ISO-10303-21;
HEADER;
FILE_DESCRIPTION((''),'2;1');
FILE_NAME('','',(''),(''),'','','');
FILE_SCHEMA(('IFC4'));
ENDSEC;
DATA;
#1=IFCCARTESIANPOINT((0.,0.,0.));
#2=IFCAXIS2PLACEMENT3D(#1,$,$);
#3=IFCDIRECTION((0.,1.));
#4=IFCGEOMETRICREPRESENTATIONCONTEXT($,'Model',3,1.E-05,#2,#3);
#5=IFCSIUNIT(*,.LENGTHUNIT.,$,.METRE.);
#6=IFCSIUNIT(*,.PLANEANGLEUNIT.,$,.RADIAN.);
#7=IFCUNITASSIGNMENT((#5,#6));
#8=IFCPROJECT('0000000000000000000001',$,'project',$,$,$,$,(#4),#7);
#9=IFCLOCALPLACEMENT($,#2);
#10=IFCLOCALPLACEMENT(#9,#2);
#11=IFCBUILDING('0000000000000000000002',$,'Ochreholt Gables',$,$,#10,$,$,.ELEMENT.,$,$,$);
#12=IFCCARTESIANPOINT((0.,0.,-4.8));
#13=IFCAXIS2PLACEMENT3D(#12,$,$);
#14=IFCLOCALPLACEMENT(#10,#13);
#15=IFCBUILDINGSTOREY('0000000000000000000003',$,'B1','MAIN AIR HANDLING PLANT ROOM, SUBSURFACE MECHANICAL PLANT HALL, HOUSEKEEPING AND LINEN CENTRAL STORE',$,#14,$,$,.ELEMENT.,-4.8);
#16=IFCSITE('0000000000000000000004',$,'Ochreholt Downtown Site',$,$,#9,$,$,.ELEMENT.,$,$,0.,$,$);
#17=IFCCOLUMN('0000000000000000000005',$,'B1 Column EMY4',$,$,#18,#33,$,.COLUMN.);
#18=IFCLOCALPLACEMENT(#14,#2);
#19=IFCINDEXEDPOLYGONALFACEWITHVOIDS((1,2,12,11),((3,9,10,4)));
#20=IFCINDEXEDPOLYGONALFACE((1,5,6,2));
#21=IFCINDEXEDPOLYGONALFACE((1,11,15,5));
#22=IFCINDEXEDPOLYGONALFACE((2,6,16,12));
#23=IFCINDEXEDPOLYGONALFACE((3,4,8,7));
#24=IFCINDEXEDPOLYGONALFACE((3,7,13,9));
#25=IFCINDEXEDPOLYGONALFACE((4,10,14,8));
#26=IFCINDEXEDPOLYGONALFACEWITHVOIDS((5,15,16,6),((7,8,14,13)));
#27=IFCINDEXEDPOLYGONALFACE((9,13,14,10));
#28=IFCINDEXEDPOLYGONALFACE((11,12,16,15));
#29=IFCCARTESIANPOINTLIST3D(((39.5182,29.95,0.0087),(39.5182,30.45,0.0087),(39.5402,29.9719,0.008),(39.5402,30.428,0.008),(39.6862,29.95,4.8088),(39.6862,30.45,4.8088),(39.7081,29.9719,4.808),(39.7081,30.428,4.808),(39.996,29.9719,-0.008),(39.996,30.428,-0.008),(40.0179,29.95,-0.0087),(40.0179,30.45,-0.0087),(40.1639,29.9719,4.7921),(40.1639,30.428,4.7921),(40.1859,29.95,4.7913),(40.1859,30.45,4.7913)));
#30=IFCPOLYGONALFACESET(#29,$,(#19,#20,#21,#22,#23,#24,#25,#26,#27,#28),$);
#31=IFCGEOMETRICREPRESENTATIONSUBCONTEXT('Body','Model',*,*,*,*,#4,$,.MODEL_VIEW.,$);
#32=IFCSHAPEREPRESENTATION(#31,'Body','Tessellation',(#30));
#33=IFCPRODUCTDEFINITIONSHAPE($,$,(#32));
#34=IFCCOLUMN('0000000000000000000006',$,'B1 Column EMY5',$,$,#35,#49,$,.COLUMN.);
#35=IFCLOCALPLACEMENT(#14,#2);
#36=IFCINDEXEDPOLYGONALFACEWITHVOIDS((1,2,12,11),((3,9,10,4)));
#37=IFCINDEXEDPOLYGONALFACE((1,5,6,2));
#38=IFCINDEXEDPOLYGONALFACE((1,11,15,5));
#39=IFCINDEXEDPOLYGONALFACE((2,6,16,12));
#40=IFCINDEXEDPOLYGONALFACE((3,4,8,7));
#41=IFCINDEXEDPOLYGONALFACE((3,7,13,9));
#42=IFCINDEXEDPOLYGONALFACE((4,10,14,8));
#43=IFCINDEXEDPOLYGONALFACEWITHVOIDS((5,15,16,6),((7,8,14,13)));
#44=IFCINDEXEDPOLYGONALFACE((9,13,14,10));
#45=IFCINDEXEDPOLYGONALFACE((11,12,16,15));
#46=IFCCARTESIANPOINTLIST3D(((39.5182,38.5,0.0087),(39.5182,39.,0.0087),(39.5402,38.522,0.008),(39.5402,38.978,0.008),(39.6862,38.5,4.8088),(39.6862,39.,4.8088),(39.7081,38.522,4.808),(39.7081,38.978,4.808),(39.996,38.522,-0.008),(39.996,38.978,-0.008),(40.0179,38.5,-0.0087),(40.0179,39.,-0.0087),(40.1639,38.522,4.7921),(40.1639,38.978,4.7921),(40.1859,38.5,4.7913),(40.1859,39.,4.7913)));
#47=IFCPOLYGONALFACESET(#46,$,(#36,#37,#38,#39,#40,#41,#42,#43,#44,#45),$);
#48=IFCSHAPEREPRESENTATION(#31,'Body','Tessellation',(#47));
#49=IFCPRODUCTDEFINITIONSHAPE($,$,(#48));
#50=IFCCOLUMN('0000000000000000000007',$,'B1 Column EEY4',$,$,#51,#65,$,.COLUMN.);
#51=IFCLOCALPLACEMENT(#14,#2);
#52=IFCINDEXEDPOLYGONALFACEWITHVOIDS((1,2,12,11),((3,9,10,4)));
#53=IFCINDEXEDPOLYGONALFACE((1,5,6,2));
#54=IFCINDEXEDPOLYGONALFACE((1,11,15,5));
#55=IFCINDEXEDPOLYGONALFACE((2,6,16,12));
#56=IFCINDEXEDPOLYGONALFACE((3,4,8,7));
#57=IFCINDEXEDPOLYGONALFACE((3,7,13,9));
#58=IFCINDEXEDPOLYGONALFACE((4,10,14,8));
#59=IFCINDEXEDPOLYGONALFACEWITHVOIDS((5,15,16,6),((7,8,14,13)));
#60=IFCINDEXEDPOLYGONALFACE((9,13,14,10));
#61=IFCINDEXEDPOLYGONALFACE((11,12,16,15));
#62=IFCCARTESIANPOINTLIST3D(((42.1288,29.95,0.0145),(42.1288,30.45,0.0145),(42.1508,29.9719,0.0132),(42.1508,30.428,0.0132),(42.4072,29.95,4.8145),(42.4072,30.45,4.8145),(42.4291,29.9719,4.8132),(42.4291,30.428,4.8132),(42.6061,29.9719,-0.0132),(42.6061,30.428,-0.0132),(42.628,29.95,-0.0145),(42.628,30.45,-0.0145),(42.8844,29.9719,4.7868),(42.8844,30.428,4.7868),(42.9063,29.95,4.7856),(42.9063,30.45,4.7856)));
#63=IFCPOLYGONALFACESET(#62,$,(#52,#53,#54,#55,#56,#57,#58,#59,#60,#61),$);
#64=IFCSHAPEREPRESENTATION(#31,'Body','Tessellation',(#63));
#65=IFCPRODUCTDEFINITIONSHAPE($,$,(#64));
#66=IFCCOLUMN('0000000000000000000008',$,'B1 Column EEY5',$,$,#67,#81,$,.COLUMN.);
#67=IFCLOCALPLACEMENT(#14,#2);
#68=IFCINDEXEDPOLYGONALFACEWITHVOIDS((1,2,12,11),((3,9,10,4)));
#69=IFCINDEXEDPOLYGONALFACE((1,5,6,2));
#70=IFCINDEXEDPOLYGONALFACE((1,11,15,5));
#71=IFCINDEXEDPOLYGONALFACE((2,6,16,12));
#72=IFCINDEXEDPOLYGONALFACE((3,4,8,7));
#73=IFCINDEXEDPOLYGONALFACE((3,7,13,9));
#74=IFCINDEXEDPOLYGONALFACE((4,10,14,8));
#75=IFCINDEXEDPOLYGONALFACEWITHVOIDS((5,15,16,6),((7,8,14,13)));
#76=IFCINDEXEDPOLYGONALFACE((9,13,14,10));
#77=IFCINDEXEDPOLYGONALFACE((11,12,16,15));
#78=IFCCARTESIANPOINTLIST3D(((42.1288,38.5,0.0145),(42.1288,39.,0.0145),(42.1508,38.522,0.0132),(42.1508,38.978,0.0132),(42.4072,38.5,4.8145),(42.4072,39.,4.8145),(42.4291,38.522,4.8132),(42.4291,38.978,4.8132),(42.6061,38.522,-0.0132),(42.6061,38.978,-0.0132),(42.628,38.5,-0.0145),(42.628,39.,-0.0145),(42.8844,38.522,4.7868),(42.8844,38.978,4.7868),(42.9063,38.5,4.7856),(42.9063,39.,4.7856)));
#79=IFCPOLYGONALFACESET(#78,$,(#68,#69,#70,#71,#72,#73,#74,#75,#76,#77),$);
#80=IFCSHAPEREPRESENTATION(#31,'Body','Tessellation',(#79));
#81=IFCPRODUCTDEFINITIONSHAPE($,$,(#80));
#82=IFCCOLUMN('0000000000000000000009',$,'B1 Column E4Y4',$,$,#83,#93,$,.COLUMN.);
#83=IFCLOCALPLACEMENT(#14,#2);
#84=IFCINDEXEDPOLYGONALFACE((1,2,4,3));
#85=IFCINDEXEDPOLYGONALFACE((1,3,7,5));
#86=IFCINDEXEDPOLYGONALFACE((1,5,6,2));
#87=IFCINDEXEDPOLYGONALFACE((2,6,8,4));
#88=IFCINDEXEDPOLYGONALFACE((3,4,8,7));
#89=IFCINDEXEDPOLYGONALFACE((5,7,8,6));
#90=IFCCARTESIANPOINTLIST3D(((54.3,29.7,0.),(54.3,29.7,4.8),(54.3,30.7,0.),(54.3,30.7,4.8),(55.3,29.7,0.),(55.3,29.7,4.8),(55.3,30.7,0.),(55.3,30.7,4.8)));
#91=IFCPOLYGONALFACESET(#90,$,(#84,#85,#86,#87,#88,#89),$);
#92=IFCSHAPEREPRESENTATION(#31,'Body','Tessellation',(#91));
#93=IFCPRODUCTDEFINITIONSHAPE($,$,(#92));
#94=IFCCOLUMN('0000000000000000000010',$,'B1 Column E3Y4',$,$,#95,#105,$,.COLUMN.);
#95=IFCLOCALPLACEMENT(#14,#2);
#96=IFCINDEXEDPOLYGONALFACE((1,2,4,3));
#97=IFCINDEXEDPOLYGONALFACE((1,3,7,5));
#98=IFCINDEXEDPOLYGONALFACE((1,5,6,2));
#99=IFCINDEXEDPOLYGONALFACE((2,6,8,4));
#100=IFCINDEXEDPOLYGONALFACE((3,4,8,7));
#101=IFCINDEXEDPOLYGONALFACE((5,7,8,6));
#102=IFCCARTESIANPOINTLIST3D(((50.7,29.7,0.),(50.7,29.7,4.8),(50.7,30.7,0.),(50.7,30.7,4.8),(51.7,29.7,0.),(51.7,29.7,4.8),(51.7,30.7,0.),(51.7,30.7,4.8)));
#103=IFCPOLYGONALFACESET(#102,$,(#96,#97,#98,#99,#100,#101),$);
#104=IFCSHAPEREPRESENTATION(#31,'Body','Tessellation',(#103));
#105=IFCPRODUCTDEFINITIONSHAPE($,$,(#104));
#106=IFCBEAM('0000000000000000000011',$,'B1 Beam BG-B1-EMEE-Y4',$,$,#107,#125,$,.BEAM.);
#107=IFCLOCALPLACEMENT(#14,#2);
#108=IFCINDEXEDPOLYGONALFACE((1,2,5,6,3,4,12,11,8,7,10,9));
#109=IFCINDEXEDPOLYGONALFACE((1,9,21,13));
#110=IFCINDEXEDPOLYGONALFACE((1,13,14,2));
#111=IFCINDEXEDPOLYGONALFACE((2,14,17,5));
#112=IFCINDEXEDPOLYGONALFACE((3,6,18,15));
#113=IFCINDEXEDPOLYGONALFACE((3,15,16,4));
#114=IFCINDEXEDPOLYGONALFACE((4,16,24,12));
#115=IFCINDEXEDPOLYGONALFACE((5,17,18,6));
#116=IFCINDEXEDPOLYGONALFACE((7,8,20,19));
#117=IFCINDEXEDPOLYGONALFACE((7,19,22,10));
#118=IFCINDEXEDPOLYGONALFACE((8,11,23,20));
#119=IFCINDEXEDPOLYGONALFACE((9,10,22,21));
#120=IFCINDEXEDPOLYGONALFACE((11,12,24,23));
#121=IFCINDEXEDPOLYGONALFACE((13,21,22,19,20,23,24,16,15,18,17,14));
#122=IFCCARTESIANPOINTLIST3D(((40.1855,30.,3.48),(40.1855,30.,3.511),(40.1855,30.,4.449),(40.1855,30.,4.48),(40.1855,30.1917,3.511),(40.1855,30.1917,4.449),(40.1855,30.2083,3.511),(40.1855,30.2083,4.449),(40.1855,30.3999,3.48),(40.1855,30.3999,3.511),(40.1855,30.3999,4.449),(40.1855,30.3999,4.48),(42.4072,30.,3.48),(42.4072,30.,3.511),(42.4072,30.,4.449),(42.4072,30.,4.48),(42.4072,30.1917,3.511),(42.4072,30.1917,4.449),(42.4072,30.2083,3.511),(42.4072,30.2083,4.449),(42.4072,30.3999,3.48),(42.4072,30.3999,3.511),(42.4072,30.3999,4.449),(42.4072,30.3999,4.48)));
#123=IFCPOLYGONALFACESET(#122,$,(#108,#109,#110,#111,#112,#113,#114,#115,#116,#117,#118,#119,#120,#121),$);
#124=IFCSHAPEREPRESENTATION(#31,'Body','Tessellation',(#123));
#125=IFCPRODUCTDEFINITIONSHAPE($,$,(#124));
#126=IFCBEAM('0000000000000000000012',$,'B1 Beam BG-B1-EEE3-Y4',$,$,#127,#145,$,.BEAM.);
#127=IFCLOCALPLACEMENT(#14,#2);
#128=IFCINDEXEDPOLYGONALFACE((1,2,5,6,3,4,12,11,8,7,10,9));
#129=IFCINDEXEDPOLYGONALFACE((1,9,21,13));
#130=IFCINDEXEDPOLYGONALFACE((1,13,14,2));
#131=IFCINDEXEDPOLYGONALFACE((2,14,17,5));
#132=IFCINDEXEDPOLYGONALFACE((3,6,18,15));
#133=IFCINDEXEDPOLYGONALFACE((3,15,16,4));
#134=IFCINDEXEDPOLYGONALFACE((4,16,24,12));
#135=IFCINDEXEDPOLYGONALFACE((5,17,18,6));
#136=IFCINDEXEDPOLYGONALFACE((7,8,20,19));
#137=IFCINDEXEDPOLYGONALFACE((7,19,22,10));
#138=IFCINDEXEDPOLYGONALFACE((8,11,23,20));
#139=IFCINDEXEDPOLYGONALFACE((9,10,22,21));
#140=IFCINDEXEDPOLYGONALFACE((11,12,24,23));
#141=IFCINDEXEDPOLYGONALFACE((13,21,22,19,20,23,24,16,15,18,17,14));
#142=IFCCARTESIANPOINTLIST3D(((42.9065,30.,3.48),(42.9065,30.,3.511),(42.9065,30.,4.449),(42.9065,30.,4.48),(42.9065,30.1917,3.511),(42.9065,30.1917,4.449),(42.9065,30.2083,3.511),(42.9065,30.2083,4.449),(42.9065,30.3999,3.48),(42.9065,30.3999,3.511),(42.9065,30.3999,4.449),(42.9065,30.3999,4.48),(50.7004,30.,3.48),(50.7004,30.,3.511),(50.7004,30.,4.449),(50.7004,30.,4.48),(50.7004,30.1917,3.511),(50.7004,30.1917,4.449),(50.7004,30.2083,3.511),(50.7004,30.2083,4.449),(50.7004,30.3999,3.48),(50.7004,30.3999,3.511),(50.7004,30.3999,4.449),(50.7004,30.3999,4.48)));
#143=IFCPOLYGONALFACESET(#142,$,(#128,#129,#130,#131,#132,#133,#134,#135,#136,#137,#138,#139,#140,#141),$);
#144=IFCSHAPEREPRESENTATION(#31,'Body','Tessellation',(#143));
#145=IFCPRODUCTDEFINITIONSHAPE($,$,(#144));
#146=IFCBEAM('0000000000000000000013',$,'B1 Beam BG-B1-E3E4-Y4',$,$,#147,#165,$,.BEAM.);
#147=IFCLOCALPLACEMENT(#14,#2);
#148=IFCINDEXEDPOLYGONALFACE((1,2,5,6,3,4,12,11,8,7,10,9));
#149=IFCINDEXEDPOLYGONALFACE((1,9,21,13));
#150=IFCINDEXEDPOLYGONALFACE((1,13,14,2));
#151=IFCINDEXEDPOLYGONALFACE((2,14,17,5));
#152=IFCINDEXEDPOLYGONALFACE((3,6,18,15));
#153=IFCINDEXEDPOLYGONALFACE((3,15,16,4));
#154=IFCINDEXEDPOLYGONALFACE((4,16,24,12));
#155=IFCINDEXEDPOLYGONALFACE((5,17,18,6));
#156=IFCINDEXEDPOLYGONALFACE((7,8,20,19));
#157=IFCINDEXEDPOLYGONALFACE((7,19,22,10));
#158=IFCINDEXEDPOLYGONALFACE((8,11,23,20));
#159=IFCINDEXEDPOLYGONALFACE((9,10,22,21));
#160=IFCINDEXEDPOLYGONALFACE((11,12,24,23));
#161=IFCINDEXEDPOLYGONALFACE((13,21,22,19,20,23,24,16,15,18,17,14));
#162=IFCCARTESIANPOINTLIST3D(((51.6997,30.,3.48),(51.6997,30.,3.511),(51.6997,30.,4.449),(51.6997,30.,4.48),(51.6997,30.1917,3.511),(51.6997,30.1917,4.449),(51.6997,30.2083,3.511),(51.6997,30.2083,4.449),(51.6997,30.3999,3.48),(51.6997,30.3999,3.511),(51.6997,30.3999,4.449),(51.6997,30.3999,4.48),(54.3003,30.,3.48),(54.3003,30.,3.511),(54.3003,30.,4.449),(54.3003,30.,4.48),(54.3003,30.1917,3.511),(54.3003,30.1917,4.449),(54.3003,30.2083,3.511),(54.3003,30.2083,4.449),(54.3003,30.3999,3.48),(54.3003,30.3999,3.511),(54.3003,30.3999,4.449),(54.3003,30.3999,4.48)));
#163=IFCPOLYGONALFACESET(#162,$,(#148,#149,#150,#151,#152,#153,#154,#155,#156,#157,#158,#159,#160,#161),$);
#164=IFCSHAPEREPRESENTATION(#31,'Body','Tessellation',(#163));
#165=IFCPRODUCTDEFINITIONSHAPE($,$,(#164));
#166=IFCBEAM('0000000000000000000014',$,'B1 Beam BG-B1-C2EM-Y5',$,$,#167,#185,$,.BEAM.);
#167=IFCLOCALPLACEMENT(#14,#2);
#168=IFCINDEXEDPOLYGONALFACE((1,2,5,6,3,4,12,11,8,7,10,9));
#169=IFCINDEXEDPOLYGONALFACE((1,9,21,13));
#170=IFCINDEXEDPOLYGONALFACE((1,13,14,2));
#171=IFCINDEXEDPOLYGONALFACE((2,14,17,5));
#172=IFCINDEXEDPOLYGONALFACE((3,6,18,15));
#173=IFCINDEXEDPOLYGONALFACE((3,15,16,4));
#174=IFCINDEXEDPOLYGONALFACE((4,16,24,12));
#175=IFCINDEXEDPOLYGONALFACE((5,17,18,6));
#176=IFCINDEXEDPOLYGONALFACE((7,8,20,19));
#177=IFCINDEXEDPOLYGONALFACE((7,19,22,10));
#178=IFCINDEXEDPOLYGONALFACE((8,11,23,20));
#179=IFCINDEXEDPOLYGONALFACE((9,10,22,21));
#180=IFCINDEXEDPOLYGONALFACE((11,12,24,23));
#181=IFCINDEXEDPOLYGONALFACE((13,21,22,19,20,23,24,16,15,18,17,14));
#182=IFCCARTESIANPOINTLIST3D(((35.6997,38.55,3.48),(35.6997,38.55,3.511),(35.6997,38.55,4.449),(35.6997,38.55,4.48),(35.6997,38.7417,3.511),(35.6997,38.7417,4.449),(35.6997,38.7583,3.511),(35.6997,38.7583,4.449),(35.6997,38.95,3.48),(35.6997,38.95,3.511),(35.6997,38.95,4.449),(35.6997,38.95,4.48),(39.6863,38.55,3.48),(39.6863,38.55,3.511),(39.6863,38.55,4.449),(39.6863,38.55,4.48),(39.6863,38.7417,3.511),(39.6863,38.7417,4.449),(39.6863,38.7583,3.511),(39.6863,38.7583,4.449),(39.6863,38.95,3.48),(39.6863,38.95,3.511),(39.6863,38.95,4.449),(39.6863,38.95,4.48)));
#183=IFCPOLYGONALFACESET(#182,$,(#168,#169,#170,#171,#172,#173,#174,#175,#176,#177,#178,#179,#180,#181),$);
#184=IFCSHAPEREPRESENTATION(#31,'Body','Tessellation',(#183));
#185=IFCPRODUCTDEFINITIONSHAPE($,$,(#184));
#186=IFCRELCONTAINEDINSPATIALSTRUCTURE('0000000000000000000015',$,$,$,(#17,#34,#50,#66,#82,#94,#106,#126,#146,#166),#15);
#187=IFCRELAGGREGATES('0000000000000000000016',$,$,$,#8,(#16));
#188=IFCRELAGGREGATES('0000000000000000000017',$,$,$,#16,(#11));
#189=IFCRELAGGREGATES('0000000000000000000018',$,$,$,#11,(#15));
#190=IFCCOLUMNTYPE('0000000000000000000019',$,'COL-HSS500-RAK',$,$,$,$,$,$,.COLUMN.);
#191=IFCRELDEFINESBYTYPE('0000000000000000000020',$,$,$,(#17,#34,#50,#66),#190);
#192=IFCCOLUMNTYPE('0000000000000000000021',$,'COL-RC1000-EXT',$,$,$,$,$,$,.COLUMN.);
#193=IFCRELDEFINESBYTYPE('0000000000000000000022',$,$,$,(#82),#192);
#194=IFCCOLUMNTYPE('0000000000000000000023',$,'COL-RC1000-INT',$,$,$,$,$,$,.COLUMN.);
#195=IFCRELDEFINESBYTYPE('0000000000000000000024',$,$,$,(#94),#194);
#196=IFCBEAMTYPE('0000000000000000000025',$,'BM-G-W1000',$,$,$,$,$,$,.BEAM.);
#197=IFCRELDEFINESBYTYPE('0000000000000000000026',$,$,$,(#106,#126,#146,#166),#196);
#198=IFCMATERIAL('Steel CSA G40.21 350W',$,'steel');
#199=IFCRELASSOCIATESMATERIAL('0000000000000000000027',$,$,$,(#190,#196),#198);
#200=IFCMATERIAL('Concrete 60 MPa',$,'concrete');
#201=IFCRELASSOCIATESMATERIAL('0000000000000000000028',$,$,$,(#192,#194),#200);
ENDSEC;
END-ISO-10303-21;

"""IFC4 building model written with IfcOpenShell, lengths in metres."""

from ifc_helpers import new_model, si_unit, direction, frame, origin, origin_2d, place, context, subcontext, project, spatial, rectangle, hollow_rectangle, i_section, extrude, material, material_profile, profile_set, type_object, element, save


model = new_model("IFC4")

# Units and contexts
model_context = context("Model", 3, precision=1e-05, world=origin(), true_north=direction((0.0, 1.0)))
body_context = subcontext(model_context, "Body", "Model", "MODEL_VIEW")
ifc_project = project(units=[si_unit("LENGTHUNIT", "METRE"), si_unit("PLANEANGLEUNIT", "RADIAN")], contexts=[model_context])

# Site, building, storey
site_placement = place(None, origin())
site = spatial("IfcSite", under=ifc_project, at=site_placement, Name="Ochreholt Downtown Site", CompositionType="ELEMENT", RefElevation=0.0)
building_placement = place(site_placement, origin())
building = spatial("IfcBuilding", under=site, at=building_placement, Name="Ochreholt Gables", CompositionType="ELEMENT")
storey_placement = place(building_placement, frame((0.0, 0.0, -4.8)))
storey = spatial("IfcBuildingStorey", under=building, at=storey_placement, Name="B1", Description="MAIN AIR HANDLING PLANT ROOM, SUBSURFACE MECHANICAL PLANT HALL, HOUSEKEEPING AND LINEN CENTRAL STORE", CompositionType="ELEMENT", Elevation=-4.8)

# Columns
ifc_material_1 = material(Name="Steel CSA G40.21 350W", Category="steel")
ifc_material_profile_1 = material_profile(ifc_material_1, hollow_rectangle(XDim=0.5, YDim=0.5, WallThickness=0.022, at=origin_2d()), Name="HSS500X500X22")
ifc_profile_set_1 = profile_set([ifc_material_profile_1], Name="Steel CSA G40.21 350W")
column_type_1 = type_object("IfcColumnType", Name="COL-HSS500-RAK", PredefinedType="COLUMN", material=ifc_profile_set_1)
for number, where, z_axis, x_axis, name in (
    (1, (39.7681, 30.2, 0.0), (0.034972, 0.0, 0.999388), (0.0, 1.0, 0.0), "B1 Column EMY4"),
    (2, (39.7681, 38.75, 0.0), (0.034972, 0.0, 0.999388), (0.0, 1.0, 0.0), "B1 Column EMY5"),
):
    element("IfcColumn", number, at=place(storey_placement, frame(where, z_axis=z_axis, x_axis=x_axis)), inside=storey, type_object=column_type_1, Name=name, PredefinedType="COLUMN", context=body_context, shape_type="SweptSolid", body=[
        extrude(hollow_rectangle(XDim=0.5, YDim=0.5, WallThickness=0.022, at=origin_2d()), origin(), (0.0, 0.0, 1.0), 4.803),
    ])
for number, where, z_axis, x_axis, name in (
    (3, (42.3784, 30.2, 0.0), (0.057886, 0.0, 0.998323), (0.0, 1.0, 0.0), "B1 Column EEY4"),
    (4, (42.3784, 38.75, 0.0), (0.057886, 0.0, 0.998323), (0.0, 1.0, 0.0), "B1 Column EEY5"),
):
    element("IfcColumn", number, at=place(storey_placement, frame(where, z_axis=z_axis, x_axis=x_axis)), inside=storey, type_object=column_type_1, Name=name, PredefinedType="COLUMN", context=body_context, shape_type="SweptSolid", body=[
        extrude(hollow_rectangle(XDim=0.5, YDim=0.5, WallThickness=0.022, at=origin_2d()), origin(), (0.0, 0.0, 1.0), 4.8081),
    ])
ifc_material_2 = material(Name="Concrete 60 MPa", Category="concrete")
ifc_material_profile_2 = material_profile(ifc_material_2, rectangle(XDim=1.0, YDim=1.0, at=origin_2d()), Name="RC1000X1000")
ifc_profile_set_2 = profile_set([ifc_material_profile_2], Name="Concrete 60 MPa")
column_type_2 = type_object("IfcColumnType", Name="COL-RC1000-EXT", PredefinedType="COLUMN", material=ifc_profile_set_2)
column_1_placement = place(storey_placement, frame((54.8, 30.2, 0.0), z_axis=(0.0, 0.0, 1.0), x_axis=(1.0, 0.0, 0.0)))
element("IfcColumn", 5, at=column_1_placement, inside=storey, type_object=column_type_2, Name="B1 Column E4Y4", PredefinedType="COLUMN", context=body_context, shape_type="SweptSolid", body=[
    extrude(rectangle(XDim=1.0, YDim=1.0, at=origin_2d()), origin(), (0.0, 0.0, 1.0), 4.8),
])
ifc_material_profile_3 = material_profile(ifc_material_2, rectangle(XDim=1.0, YDim=1.0, at=origin_2d()), Name="RC1000X1000")
ifc_profile_set_3 = profile_set([ifc_material_profile_3], Name="Concrete 60 MPa")
column_type_3 = type_object("IfcColumnType", Name="COL-RC1000-INT", PredefinedType="COLUMN", material=ifc_profile_set_3)
column_2_placement = place(storey_placement, frame((51.2, 30.2, 0.0), z_axis=(0.0, 0.0, 1.0), x_axis=(1.0, 0.0, 0.0)))
element("IfcColumn", 6, at=column_2_placement, inside=storey, type_object=column_type_3, Name="B1 Column E3Y4", PredefinedType="COLUMN", context=body_context, shape_type="SweptSolid", body=[
    extrude(rectangle(XDim=1.0, YDim=1.0, at=origin_2d()), origin(), (0.0, 0.0, 1.0), 4.8),
])

# Beams
ifc_material_profile_4 = material_profile(ifc_material_1, i_section(OverallWidth=0.3999, OverallDepth=1.0, WebThickness=0.0166, FlangeThickness=0.031, at=origin_2d()), Name="W1000X321")
ifc_profile_set_4 = profile_set([ifc_material_profile_4], Name="Steel CSA G40.21 350W")
beam_type_1 = type_object("IfcBeamType", Name="BM-G-W1000", PredefinedType="BEAM", material=ifc_profile_set_4)
beam_1_placement = place(storey_placement, frame((40.1855, 30.2, 3.98), z_axis=(1.0, 0.0, 0.0), x_axis=(0.0, 1.0, 0.0)))
element("IfcBeam", 7, at=beam_1_placement, inside=storey, type_object=beam_type_1, Name="B1 Beam BG-B1-EMEE-Y4", PredefinedType="BEAM", context=body_context, shape_type="SweptSolid", body=[
    extrude(i_section(OverallWidth=0.3999, OverallDepth=1.0, WebThickness=0.0166, FlangeThickness=0.031, at=origin_2d()), origin(), (0.0, 0.0, 1.0), 2.2217),
])
beam_2_placement = place(storey_placement, frame((42.9065, 30.2, 3.98), z_axis=(1.0, 0.0, 0.0), x_axis=(0.0, 1.0, 0.0)))
element("IfcBeam", 8, at=beam_2_placement, inside=storey, type_object=beam_type_1, Name="B1 Beam BG-B1-EEE3-Y4", PredefinedType="BEAM", context=body_context, shape_type="SweptSolid", body=[
    extrude(i_section(OverallWidth=0.3999, OverallDepth=1.0, WebThickness=0.0166, FlangeThickness=0.031, at=origin_2d()), origin(), (0.0, 0.0, 1.0), 7.7939),
])
beam_3_placement = place(storey_placement, frame((51.6997, 30.2, 3.98), z_axis=(1.0, 0.0, 0.0), x_axis=(0.0, 1.0, 0.0)))
element("IfcBeam", 9, at=beam_3_placement, inside=storey, type_object=beam_type_1, Name="B1 Beam BG-B1-E3E4-Y4", PredefinedType="BEAM", context=body_context, shape_type="SweptSolid", body=[
    extrude(i_section(OverallWidth=0.3999, OverallDepth=1.0, WebThickness=0.0166, FlangeThickness=0.031, at=origin_2d()), origin(), (0.0, 0.0, 1.0), 2.6006),
])
beam_4_placement = place(storey_placement, frame((35.6997, 38.75, 3.98), z_axis=(1.0, 0.0, 0.0), x_axis=(0.0, 1.0, 0.0)))
element("IfcBeam", 10, at=beam_4_placement, inside=storey, type_object=beam_type_1, Name="B1 Beam BG-B1-C2EM-Y5", PredefinedType="BEAM", context=body_context, shape_type="SweptSolid", body=[
    extrude(i_section(OverallWidth=0.3999, OverallDepth=1.0, WebThickness=0.0166, FlangeThickness=0.031, at=origin_2d()), origin(), (0.0, 0.0, 1.0), 3.9866),
])

save(model, "model.ifc")
